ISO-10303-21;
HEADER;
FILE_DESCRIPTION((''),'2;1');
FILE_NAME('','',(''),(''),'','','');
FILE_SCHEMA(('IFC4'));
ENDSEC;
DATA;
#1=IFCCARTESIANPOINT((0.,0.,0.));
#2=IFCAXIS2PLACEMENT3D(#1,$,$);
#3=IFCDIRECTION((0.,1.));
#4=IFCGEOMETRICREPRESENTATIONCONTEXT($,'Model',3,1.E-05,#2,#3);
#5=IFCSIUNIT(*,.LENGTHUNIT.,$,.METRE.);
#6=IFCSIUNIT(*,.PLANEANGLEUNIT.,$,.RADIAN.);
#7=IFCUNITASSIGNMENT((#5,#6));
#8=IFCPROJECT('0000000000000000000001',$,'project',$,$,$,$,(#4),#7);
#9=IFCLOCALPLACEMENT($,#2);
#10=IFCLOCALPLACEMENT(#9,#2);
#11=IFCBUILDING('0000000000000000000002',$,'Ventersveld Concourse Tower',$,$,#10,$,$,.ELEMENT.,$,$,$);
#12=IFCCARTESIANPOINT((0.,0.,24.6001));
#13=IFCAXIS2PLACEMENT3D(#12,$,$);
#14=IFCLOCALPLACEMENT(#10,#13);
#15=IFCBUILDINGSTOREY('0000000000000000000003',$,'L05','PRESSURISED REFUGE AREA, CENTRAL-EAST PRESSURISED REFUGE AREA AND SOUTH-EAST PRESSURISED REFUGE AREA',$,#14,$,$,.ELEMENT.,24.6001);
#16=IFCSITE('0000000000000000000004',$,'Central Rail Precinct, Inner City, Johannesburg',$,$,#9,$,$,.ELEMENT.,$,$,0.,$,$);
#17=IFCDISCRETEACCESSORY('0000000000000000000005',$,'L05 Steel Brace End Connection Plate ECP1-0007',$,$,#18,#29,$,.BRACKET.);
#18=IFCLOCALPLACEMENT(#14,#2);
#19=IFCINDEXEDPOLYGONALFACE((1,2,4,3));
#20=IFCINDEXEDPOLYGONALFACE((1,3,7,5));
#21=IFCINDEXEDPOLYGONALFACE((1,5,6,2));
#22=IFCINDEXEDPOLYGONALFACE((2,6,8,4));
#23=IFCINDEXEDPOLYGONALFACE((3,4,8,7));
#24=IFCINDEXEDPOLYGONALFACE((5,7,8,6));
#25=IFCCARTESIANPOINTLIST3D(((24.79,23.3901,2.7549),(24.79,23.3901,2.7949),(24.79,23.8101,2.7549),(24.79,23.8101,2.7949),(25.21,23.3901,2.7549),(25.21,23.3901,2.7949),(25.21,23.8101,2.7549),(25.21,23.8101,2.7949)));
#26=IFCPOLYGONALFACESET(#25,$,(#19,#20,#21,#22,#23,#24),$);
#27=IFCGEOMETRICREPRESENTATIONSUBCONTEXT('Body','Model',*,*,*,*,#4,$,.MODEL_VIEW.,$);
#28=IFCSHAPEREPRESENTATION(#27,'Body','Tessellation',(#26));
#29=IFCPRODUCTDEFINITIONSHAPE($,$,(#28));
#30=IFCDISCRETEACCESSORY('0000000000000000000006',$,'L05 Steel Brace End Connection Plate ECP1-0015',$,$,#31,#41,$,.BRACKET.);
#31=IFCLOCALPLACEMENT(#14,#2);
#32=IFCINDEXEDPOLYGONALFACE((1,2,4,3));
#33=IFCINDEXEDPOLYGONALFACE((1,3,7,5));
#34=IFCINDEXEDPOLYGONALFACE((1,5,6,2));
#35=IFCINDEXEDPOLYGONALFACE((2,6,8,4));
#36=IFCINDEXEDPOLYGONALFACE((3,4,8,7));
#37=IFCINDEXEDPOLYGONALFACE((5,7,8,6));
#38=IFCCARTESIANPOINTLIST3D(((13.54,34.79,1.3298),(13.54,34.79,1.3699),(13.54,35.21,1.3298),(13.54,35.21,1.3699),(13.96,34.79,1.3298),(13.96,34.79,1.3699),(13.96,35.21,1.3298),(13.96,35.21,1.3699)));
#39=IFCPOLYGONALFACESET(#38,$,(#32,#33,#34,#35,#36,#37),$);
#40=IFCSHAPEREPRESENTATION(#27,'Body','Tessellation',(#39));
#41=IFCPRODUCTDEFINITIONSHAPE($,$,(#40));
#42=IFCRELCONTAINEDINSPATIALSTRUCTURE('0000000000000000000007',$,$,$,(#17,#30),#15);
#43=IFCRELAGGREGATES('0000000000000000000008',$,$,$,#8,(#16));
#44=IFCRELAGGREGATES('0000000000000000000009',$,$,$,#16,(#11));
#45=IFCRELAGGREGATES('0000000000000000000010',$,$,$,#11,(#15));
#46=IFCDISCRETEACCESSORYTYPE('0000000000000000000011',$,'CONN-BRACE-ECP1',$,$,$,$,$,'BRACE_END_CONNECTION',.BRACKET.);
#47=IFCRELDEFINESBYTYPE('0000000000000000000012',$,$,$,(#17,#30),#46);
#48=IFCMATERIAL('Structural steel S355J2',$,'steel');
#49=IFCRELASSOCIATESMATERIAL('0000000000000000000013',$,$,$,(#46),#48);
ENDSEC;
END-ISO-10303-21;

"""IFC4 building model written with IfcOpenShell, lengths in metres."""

from ifc_helpers import new_model, si_unit, direction, frame, origin, origin_2d, place, context, subcontext, project, spatial, rectangle, extrude, material, type_object, element, save


model = new_model("IFC4")

# Units and contexts
model_context = context("Model", 3, precision=1e-05, world=origin(), true_north=direction((0.0, 1.0)))
body_context = subcontext(model_context, "Body", "Model", "MODEL_VIEW")
ifc_project = project(units=[si_unit("LENGTHUNIT", "METRE"), si_unit("PLANEANGLEUNIT", "RADIAN")], contexts=[model_context])

# Site, building, storey
site_placement = place(None, origin())
site = spatial("IfcSite", under=ifc_project, at=site_placement, Name="Central Rail Precinct, Inner City, Johannesburg", CompositionType="ELEMENT", RefElevation=0.0)
building_placement = place(site_placement, origin())
building = spatial("IfcBuilding", under=site, at=building_placement, Name="Ventersveld Concourse Tower", CompositionType="ELEMENT")
storey_placement = place(building_placement, frame((0.0, 0.0, 24.6001)))
storey = spatial("IfcBuildingStorey", under=building, at=storey_placement, Name="L05", Description="PRESSURISED REFUGE AREA, CENTRAL-EAST PRESSURISED REFUGE AREA AND SOUTH-EAST PRESSURISED REFUGE AREA", CompositionType="ELEMENT", Elevation=24.6001)

# Shared definitions
ifc_material_1 = material(Name="Structural steel S355J2", Category="steel")

# Discrete accessories
discrete_accessory_type = type_object("IfcDiscreteAccessoryType", Name="CONN-BRACE-ECP1", ElementType="BRACE_END_CONNECTION", PredefinedType="BRACKET", material=ifc_material_1)
for number, where, z_axis, x_axis, name in (
    (1, (25.0, 23.6001, 2.7549), (0.0, 0.0, 1.0), (1.0, 0.0, 0.0), "L05 Steel Brace End Connection Plate ECP1-0007"),
    (2, (13.75, 35.0, 1.3298), (0.0, 0.0, 1.0), (1.0, 0.0, 0.0), "L05 Steel Brace End Connection Plate ECP1-0015"),
):
    element("IfcDiscreteAccessory", number, at=place(storey_placement, frame(where, z_axis=z_axis, x_axis=x_axis)), inside=storey, type_object=discrete_accessory_type, Name=name, PredefinedType="BRACKET", context=body_context, shape_type="SweptSolid", body=[
        extrude(rectangle(XDim=0.4199, YDim=0.4199, at=origin_2d()), origin(), (0.0, 0.0, 1.0), 0.04),
    ])

save(model, "model.ifc")
